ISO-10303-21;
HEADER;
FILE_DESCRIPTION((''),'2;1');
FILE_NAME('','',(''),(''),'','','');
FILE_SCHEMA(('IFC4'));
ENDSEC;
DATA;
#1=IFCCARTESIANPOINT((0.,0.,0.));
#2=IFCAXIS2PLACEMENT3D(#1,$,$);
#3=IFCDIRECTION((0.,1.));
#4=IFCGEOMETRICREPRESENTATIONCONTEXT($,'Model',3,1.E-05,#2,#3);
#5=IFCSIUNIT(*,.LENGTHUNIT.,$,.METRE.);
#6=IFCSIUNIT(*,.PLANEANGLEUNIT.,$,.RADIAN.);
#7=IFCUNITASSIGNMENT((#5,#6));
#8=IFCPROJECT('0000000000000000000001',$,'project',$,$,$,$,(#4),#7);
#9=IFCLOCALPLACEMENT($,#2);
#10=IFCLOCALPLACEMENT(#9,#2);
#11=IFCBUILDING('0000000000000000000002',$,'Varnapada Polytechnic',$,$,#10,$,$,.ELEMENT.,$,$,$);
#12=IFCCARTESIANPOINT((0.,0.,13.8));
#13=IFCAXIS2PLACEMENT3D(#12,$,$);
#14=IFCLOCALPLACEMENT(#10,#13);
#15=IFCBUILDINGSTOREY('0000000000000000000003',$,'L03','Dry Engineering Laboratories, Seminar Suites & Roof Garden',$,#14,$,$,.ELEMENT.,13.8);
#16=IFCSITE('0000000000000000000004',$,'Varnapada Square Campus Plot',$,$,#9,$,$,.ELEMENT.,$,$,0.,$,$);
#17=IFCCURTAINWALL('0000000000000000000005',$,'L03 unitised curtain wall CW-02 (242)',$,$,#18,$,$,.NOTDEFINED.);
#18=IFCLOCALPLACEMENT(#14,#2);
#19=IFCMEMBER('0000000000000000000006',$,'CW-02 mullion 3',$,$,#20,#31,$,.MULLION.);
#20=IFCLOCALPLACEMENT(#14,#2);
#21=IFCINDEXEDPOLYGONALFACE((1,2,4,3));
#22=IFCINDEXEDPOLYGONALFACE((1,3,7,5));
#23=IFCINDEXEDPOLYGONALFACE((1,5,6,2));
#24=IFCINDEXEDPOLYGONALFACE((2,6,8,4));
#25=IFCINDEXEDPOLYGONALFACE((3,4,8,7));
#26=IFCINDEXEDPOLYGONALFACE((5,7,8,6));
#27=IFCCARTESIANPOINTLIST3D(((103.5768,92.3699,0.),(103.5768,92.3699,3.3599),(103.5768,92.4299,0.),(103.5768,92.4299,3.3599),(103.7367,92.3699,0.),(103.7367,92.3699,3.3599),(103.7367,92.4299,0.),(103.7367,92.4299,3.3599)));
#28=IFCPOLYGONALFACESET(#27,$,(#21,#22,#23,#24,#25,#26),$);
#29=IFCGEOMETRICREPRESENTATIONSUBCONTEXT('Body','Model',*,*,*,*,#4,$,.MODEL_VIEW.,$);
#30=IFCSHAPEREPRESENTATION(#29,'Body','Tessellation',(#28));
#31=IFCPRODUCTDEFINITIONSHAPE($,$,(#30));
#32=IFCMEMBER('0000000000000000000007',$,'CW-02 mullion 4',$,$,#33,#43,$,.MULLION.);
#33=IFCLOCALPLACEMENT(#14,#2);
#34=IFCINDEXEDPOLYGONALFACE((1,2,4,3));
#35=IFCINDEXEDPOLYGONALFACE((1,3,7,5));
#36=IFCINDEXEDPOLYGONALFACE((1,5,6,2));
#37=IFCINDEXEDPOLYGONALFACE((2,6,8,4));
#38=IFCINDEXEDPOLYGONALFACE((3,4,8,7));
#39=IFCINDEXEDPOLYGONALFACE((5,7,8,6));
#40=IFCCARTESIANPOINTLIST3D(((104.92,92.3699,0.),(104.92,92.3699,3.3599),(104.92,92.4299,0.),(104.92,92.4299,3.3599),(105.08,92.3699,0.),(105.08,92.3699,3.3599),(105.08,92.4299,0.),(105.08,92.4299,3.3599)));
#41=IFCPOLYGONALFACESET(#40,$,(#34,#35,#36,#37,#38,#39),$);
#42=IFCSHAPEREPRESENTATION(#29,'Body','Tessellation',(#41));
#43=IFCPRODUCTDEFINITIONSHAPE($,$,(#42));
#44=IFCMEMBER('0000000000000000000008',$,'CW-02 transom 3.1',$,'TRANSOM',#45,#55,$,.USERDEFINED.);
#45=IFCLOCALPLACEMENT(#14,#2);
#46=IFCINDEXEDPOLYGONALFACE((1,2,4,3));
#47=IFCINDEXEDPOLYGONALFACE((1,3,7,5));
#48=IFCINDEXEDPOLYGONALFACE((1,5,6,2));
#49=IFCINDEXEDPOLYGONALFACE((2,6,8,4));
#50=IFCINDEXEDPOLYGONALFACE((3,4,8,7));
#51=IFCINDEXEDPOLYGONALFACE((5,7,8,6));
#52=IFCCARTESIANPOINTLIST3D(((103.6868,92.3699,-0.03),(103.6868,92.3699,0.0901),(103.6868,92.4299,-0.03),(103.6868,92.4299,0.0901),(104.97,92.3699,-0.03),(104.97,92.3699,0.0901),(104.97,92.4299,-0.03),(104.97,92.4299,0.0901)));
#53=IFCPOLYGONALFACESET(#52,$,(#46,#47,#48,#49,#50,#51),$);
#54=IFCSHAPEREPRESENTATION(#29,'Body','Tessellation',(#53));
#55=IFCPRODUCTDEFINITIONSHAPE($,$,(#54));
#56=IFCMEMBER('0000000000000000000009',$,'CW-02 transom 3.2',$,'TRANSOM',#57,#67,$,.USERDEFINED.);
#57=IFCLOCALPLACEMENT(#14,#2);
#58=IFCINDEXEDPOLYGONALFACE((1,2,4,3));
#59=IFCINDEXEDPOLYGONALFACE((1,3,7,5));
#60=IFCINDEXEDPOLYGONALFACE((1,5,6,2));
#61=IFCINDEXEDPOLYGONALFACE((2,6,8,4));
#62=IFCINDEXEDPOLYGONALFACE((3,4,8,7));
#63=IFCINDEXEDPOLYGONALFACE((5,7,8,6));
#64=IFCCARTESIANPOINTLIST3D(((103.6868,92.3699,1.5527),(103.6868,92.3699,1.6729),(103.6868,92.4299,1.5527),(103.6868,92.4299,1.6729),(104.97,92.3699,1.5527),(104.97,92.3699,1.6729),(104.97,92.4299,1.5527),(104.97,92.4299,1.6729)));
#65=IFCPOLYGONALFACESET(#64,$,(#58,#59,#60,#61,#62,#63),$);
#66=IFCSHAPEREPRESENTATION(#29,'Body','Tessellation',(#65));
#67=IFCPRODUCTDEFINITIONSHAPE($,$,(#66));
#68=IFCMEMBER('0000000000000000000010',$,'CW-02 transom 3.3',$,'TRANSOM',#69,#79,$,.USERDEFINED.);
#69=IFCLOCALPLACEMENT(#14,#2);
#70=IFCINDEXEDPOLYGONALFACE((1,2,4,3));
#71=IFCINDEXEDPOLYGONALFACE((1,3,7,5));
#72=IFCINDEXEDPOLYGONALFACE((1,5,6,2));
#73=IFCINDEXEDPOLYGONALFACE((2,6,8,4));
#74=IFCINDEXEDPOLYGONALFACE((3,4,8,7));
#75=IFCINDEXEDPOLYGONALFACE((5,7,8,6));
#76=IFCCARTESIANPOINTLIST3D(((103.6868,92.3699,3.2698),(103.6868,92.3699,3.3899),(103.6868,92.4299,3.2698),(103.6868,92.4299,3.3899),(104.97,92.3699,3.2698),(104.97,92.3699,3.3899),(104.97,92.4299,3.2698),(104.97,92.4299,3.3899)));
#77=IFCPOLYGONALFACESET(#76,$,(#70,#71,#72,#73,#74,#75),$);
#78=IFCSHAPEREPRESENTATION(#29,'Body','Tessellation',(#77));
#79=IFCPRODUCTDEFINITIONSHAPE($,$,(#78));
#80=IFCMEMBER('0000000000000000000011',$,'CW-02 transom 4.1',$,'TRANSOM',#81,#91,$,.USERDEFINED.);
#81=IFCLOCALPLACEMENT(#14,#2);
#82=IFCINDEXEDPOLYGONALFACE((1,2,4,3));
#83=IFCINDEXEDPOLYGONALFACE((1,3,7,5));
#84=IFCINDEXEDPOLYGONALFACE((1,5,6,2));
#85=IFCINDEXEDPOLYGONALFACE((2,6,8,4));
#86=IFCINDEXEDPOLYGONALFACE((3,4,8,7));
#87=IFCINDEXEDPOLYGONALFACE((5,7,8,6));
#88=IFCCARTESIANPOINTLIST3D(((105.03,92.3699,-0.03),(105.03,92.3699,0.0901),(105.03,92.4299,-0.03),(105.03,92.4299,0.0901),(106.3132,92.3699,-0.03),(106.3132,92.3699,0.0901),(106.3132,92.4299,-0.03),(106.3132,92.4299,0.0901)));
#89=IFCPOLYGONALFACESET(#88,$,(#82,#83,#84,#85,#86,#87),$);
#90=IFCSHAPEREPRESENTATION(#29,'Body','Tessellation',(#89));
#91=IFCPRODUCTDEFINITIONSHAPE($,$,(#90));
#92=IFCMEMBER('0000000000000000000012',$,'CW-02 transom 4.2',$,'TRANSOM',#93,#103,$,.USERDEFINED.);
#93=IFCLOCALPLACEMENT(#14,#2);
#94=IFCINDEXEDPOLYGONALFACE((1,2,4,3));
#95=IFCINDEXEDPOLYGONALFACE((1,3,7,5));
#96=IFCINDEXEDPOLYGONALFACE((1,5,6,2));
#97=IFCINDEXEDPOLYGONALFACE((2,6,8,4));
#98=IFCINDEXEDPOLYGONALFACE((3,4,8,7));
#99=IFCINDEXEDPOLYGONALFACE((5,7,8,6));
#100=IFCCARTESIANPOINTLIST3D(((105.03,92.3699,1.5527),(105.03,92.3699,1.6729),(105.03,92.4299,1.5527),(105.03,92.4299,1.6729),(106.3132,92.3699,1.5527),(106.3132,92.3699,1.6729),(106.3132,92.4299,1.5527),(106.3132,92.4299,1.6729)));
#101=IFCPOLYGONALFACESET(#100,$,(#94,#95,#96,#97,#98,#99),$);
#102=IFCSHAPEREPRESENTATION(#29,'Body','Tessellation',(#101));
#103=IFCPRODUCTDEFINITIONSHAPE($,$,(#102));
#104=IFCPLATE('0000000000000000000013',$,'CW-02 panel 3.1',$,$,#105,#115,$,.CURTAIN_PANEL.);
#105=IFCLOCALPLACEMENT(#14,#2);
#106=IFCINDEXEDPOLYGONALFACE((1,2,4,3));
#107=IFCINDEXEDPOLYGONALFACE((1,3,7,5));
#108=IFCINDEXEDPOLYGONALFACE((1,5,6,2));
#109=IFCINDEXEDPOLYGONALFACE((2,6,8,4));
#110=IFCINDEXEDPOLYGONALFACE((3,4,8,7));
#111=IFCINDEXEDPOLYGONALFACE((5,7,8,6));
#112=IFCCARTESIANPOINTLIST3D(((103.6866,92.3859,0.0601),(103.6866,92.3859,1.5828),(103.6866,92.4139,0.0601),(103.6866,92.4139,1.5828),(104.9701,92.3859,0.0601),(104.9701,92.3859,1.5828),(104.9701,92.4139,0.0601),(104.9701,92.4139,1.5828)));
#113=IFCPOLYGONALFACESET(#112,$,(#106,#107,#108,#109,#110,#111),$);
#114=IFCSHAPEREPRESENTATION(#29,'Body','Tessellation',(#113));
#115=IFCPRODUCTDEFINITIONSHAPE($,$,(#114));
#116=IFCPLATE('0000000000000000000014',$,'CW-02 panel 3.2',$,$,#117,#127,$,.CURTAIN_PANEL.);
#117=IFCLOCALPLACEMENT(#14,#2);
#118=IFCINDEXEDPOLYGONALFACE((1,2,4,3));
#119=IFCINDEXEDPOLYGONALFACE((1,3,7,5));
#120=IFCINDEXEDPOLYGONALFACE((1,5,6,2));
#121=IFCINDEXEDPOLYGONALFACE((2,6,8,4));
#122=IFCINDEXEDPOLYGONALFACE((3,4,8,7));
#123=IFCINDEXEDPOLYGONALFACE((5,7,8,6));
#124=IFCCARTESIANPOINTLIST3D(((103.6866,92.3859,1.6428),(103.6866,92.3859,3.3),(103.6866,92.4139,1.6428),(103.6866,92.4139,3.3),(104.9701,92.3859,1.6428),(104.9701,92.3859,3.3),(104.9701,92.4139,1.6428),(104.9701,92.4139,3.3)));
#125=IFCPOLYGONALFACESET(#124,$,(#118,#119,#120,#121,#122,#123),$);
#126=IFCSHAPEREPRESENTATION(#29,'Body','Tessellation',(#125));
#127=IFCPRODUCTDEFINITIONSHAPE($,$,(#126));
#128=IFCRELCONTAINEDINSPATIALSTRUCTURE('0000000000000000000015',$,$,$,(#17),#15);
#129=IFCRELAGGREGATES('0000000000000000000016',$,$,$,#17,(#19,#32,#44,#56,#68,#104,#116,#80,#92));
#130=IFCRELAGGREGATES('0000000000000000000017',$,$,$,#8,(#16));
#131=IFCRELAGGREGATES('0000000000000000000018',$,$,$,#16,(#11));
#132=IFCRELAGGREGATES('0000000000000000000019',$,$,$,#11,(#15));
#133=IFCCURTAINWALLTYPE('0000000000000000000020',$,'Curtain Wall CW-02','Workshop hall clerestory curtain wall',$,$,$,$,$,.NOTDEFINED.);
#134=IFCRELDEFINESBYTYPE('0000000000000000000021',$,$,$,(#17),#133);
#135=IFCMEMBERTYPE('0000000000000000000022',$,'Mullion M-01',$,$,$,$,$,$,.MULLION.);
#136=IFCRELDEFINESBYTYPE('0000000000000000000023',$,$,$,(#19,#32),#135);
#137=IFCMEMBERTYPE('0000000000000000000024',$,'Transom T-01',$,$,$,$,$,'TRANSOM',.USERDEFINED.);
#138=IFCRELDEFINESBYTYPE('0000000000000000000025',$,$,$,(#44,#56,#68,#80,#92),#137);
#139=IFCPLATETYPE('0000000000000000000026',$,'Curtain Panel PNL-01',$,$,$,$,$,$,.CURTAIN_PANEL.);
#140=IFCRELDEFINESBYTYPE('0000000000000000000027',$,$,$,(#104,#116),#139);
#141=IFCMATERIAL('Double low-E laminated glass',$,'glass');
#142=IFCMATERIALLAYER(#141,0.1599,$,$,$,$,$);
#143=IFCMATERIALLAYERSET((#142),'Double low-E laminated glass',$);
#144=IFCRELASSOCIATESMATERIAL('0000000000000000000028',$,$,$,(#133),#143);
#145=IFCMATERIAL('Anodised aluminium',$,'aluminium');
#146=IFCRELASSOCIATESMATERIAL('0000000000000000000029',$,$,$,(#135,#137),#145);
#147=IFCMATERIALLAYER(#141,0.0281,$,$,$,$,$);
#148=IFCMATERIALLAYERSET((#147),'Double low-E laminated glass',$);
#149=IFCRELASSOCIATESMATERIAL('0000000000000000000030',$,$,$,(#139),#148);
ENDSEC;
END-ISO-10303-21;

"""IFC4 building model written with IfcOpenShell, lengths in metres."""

from ifc_helpers import new_model, si_unit, direction, frame, origin, origin_2d, place, context, subcontext, project, spatial, rectangle, extrude, material, layer, layer_set, material_profile, profile_set, type_object, element, aggregate, save


model = new_model("IFC4")

# Units and contexts
model_context = context("Model", 3, precision=1e-05, world=origin(), true_north=direction((0.0, 1.0)))
body_context = subcontext(model_context, "Body", "Model", "MODEL_VIEW")
ifc_project = project(units=[si_unit("LENGTHUNIT", "METRE"), si_unit("PLANEANGLEUNIT", "RADIAN")], contexts=[model_context])

# Site, building, storey
site_placement = place(None, origin())
site = spatial("IfcSite", under=ifc_project, at=site_placement, Name="Varnapada Square Campus Plot", CompositionType="ELEMENT", RefElevation=0.0)
building_placement = place(site_placement, origin())
building = spatial("IfcBuilding", under=site, at=building_placement, Name="Varnapada Polytechnic", CompositionType="ELEMENT")
storey_placement = place(building_placement, frame((0.0, 0.0, 13.8)))
storey = spatial("IfcBuildingStorey", under=building, at=storey_placement, Name="L03", Description="Dry Engineering Laboratories, Seminar Suites & Roof Garden", CompositionType="ELEMENT", Elevation=13.8)

# Curtain wall, members, plates
ifc_material_1 = material(Name="Double low-E laminated glass", Category="glass")
ifc_layer_1 = layer(ifc_material_1, 0.1599)
ifc_layer_set_1 = layer_set([ifc_layer_1], Name="Double low-E laminated glass")
curtain_wall_type = type_object("IfcCurtainWallType", Name="Curtain Wall CW-02", Description="Workshop hall clerestory curtain wall", PredefinedType="NOTDEFINED", material=ifc_layer_set_1)
curtain_wall_placement = place(storey_placement, origin())
curtain_wall = element("IfcCurtainWall", 1, at=curtain_wall_placement, inside=storey, type_object=curtain_wall_type, Name="L03 unitised curtain wall CW-02 (242)", PredefinedType="NOTDEFINED")
ifc_material_2 = material(Name="Anodised aluminium", Category="aluminium")
ifc_material_profile_1 = material_profile(ifc_material_2, rectangle(XDim=0.0601, YDim=0.1599, at=origin_2d()), Name="ALU M60x160")
ifc_profile_set_1 = profile_set([ifc_material_profile_1], Name="Anodised aluminium")
member_type_1 = type_object("IfcMemberType", Name="Mullion M-01", PredefinedType="MULLION", material=ifc_profile_set_1)
member_1_placement = place(storey_placement, frame((103.6567, 92.3999, 0.0), z_axis=(0.0, 0.0, 1.0), x_axis=(0.0, 1.0, 0.0)))
member_1 = element("IfcMember", 2, at=member_1_placement, type_object=member_type_1, Name="CW-02 mullion 3", PredefinedType="MULLION", context=body_context, shape_type="SweptSolid", body=[
    extrude(rectangle(XDim=0.0601, YDim=0.1599, at=origin_2d()), origin(), (0.0, 0.0, 1.0), 3.3599),
])
member_2_placement = place(storey_placement, frame((105.0, 92.3999, 0.0), z_axis=(0.0, 0.0, 1.0), x_axis=(0.0, 1.0, 0.0)))
member_2 = element("IfcMember", 3, at=member_2_placement, type_object=member_type_1, Name="CW-02 mullion 4", PredefinedType="MULLION", context=body_context, shape_type="SweptSolid", body=[
    extrude(rectangle(XDim=0.0601, YDim=0.1599, at=origin_2d()), origin(), (0.0, 0.0, 1.0), 3.3599),
])
ifc_material_profile_2 = material_profile(ifc_material_2, rectangle(XDim=0.0601, YDim=0.1201, at=origin_2d()), Name="ALU T60x120")
ifc_profile_set_2 = profile_set([ifc_material_profile_2], Name="Anodised aluminium")
member_type_2 = type_object("IfcMemberType", Name="Transom T-01", ElementType="TRANSOM", PredefinedType="USERDEFINED", material=ifc_profile_set_2)
member_3_placement = place(storey_placement, frame((103.6868, 92.3999, 0.03), z_axis=(1.0, 0.0, 0.0), x_axis=(0.0, 1.0, 0.0)))
member_3 = element("IfcMember", 4, at=member_3_placement, type_object=member_type_2, Name="CW-02 transom 3.1", ObjectType="TRANSOM", PredefinedType="USERDEFINED", context=body_context, shape_type="SweptSolid", body=[
    extrude(rectangle(XDim=0.0601, YDim=0.1201, at=origin_2d()), origin(), (0.0, 0.0, 1.0), 1.2832),
])
member_4_placement = place(storey_placement, frame((103.6868, 92.3999, 1.6128), z_axis=(1.0, 0.0, 0.0), x_axis=(0.0, 1.0, 0.0)))
member_4 = element("IfcMember", 5, at=member_4_placement, type_object=member_type_2, Name="CW-02 transom 3.2", ObjectType="TRANSOM", PredefinedType="USERDEFINED", context=body_context, shape_type="SweptSolid", body=[
    extrude(rectangle(XDim=0.0601, YDim=0.1201, at=origin_2d()), origin(), (0.0, 0.0, 1.0), 1.2832),
])
member_5_placement = place(storey_placement, frame((103.6868, 92.3999, 3.3298), z_axis=(1.0, 0.0, 0.0), x_axis=(0.0, 1.0, 0.0)))
member_5 = element("IfcMember", 6, at=member_5_placement, type_object=member_type_2, Name="CW-02 transom 3.3", ObjectType="TRANSOM", PredefinedType="USERDEFINED", context=body_context, shape_type="SweptSolid", body=[
    extrude(rectangle(XDim=0.0601, YDim=0.1201, at=origin_2d()), origin(), (0.0, 0.0, 1.0), 1.2832),
])
member_6_placement = place(storey_placement, frame((105.03, 92.3999, 0.03), z_axis=(1.0, 0.0, 0.0), x_axis=(0.0, 1.0, 0.0)))
member_6 = element("IfcMember", 7, at=member_6_placement, type_object=member_type_2, Name="CW-02 transom 4.1", ObjectType="TRANSOM", PredefinedType="USERDEFINED", context=body_context, shape_type="SweptSolid", body=[
    extrude(rectangle(XDim=0.0601, YDim=0.1201, at=origin_2d()), origin(), (0.0, 0.0, 1.0), 1.2832),
])
member_7_placement = place(storey_placement, frame((105.03, 92.3999, 1.6128), z_axis=(1.0, 0.0, 0.0), x_axis=(0.0, 1.0, 0.0)))
member_7 = element("IfcMember", 8, at=member_7_placement, type_object=member_type_2, Name="CW-02 transom 4.2", ObjectType="TRANSOM", PredefinedType="USERDEFINED", context=body_context, shape_type="SweptSolid", body=[
    extrude(rectangle(XDim=0.0601, YDim=0.1201, at=origin_2d()), origin(), (0.0, 0.0, 1.0), 1.2832),
])
ifc_layer_2 = layer(ifc_material_1, 0.0281)
ifc_layer_set_2 = layer_set([ifc_layer_2], Name="Double low-E laminated glass")
plate_type = type_object("IfcPlateType", Name="Curtain Panel PNL-01", PredefinedType="CURTAIN_PANEL", material=ifc_layer_set_2)
plate_1_placement = place(storey_placement, frame((104.3284, 92.3999, 0.0601), z_axis=(0.0, 0.0, 1.0), x_axis=(1.0, 0.0, 0.0)))
plate_1 = element("IfcPlate", 9, at=plate_1_placement, type_object=plate_type, Name="CW-02 panel 3.1", PredefinedType="CURTAIN_PANEL", context=body_context, shape_type="SweptSolid", body=[
    extrude(rectangle(XDim=1.2834, YDim=0.0281, at=origin_2d()), origin(), (0.0, 0.0, 1.0), 1.5227),
])
plate_2_placement = place(storey_placement, frame((104.3284, 92.3999, 1.6428), z_axis=(0.0, 0.0, 1.0), x_axis=(1.0, 0.0, 0.0)))
plate_2 = element("IfcPlate", 10, at=plate_2_placement, type_object=plate_type, Name="CW-02 panel 3.2", PredefinedType="CURTAIN_PANEL", context=body_context, shape_type="SweptSolid", body=[
    extrude(rectangle(XDim=1.2834, YDim=0.0281, at=origin_2d()), origin(), (0.0, 0.0, 1.0), 1.6572),
])
aggregate(curtain_wall, [member_1, member_2, member_3, member_4, member_5, plate_1, plate_2, member_6, member_7])

save(model, "model.ifc")
